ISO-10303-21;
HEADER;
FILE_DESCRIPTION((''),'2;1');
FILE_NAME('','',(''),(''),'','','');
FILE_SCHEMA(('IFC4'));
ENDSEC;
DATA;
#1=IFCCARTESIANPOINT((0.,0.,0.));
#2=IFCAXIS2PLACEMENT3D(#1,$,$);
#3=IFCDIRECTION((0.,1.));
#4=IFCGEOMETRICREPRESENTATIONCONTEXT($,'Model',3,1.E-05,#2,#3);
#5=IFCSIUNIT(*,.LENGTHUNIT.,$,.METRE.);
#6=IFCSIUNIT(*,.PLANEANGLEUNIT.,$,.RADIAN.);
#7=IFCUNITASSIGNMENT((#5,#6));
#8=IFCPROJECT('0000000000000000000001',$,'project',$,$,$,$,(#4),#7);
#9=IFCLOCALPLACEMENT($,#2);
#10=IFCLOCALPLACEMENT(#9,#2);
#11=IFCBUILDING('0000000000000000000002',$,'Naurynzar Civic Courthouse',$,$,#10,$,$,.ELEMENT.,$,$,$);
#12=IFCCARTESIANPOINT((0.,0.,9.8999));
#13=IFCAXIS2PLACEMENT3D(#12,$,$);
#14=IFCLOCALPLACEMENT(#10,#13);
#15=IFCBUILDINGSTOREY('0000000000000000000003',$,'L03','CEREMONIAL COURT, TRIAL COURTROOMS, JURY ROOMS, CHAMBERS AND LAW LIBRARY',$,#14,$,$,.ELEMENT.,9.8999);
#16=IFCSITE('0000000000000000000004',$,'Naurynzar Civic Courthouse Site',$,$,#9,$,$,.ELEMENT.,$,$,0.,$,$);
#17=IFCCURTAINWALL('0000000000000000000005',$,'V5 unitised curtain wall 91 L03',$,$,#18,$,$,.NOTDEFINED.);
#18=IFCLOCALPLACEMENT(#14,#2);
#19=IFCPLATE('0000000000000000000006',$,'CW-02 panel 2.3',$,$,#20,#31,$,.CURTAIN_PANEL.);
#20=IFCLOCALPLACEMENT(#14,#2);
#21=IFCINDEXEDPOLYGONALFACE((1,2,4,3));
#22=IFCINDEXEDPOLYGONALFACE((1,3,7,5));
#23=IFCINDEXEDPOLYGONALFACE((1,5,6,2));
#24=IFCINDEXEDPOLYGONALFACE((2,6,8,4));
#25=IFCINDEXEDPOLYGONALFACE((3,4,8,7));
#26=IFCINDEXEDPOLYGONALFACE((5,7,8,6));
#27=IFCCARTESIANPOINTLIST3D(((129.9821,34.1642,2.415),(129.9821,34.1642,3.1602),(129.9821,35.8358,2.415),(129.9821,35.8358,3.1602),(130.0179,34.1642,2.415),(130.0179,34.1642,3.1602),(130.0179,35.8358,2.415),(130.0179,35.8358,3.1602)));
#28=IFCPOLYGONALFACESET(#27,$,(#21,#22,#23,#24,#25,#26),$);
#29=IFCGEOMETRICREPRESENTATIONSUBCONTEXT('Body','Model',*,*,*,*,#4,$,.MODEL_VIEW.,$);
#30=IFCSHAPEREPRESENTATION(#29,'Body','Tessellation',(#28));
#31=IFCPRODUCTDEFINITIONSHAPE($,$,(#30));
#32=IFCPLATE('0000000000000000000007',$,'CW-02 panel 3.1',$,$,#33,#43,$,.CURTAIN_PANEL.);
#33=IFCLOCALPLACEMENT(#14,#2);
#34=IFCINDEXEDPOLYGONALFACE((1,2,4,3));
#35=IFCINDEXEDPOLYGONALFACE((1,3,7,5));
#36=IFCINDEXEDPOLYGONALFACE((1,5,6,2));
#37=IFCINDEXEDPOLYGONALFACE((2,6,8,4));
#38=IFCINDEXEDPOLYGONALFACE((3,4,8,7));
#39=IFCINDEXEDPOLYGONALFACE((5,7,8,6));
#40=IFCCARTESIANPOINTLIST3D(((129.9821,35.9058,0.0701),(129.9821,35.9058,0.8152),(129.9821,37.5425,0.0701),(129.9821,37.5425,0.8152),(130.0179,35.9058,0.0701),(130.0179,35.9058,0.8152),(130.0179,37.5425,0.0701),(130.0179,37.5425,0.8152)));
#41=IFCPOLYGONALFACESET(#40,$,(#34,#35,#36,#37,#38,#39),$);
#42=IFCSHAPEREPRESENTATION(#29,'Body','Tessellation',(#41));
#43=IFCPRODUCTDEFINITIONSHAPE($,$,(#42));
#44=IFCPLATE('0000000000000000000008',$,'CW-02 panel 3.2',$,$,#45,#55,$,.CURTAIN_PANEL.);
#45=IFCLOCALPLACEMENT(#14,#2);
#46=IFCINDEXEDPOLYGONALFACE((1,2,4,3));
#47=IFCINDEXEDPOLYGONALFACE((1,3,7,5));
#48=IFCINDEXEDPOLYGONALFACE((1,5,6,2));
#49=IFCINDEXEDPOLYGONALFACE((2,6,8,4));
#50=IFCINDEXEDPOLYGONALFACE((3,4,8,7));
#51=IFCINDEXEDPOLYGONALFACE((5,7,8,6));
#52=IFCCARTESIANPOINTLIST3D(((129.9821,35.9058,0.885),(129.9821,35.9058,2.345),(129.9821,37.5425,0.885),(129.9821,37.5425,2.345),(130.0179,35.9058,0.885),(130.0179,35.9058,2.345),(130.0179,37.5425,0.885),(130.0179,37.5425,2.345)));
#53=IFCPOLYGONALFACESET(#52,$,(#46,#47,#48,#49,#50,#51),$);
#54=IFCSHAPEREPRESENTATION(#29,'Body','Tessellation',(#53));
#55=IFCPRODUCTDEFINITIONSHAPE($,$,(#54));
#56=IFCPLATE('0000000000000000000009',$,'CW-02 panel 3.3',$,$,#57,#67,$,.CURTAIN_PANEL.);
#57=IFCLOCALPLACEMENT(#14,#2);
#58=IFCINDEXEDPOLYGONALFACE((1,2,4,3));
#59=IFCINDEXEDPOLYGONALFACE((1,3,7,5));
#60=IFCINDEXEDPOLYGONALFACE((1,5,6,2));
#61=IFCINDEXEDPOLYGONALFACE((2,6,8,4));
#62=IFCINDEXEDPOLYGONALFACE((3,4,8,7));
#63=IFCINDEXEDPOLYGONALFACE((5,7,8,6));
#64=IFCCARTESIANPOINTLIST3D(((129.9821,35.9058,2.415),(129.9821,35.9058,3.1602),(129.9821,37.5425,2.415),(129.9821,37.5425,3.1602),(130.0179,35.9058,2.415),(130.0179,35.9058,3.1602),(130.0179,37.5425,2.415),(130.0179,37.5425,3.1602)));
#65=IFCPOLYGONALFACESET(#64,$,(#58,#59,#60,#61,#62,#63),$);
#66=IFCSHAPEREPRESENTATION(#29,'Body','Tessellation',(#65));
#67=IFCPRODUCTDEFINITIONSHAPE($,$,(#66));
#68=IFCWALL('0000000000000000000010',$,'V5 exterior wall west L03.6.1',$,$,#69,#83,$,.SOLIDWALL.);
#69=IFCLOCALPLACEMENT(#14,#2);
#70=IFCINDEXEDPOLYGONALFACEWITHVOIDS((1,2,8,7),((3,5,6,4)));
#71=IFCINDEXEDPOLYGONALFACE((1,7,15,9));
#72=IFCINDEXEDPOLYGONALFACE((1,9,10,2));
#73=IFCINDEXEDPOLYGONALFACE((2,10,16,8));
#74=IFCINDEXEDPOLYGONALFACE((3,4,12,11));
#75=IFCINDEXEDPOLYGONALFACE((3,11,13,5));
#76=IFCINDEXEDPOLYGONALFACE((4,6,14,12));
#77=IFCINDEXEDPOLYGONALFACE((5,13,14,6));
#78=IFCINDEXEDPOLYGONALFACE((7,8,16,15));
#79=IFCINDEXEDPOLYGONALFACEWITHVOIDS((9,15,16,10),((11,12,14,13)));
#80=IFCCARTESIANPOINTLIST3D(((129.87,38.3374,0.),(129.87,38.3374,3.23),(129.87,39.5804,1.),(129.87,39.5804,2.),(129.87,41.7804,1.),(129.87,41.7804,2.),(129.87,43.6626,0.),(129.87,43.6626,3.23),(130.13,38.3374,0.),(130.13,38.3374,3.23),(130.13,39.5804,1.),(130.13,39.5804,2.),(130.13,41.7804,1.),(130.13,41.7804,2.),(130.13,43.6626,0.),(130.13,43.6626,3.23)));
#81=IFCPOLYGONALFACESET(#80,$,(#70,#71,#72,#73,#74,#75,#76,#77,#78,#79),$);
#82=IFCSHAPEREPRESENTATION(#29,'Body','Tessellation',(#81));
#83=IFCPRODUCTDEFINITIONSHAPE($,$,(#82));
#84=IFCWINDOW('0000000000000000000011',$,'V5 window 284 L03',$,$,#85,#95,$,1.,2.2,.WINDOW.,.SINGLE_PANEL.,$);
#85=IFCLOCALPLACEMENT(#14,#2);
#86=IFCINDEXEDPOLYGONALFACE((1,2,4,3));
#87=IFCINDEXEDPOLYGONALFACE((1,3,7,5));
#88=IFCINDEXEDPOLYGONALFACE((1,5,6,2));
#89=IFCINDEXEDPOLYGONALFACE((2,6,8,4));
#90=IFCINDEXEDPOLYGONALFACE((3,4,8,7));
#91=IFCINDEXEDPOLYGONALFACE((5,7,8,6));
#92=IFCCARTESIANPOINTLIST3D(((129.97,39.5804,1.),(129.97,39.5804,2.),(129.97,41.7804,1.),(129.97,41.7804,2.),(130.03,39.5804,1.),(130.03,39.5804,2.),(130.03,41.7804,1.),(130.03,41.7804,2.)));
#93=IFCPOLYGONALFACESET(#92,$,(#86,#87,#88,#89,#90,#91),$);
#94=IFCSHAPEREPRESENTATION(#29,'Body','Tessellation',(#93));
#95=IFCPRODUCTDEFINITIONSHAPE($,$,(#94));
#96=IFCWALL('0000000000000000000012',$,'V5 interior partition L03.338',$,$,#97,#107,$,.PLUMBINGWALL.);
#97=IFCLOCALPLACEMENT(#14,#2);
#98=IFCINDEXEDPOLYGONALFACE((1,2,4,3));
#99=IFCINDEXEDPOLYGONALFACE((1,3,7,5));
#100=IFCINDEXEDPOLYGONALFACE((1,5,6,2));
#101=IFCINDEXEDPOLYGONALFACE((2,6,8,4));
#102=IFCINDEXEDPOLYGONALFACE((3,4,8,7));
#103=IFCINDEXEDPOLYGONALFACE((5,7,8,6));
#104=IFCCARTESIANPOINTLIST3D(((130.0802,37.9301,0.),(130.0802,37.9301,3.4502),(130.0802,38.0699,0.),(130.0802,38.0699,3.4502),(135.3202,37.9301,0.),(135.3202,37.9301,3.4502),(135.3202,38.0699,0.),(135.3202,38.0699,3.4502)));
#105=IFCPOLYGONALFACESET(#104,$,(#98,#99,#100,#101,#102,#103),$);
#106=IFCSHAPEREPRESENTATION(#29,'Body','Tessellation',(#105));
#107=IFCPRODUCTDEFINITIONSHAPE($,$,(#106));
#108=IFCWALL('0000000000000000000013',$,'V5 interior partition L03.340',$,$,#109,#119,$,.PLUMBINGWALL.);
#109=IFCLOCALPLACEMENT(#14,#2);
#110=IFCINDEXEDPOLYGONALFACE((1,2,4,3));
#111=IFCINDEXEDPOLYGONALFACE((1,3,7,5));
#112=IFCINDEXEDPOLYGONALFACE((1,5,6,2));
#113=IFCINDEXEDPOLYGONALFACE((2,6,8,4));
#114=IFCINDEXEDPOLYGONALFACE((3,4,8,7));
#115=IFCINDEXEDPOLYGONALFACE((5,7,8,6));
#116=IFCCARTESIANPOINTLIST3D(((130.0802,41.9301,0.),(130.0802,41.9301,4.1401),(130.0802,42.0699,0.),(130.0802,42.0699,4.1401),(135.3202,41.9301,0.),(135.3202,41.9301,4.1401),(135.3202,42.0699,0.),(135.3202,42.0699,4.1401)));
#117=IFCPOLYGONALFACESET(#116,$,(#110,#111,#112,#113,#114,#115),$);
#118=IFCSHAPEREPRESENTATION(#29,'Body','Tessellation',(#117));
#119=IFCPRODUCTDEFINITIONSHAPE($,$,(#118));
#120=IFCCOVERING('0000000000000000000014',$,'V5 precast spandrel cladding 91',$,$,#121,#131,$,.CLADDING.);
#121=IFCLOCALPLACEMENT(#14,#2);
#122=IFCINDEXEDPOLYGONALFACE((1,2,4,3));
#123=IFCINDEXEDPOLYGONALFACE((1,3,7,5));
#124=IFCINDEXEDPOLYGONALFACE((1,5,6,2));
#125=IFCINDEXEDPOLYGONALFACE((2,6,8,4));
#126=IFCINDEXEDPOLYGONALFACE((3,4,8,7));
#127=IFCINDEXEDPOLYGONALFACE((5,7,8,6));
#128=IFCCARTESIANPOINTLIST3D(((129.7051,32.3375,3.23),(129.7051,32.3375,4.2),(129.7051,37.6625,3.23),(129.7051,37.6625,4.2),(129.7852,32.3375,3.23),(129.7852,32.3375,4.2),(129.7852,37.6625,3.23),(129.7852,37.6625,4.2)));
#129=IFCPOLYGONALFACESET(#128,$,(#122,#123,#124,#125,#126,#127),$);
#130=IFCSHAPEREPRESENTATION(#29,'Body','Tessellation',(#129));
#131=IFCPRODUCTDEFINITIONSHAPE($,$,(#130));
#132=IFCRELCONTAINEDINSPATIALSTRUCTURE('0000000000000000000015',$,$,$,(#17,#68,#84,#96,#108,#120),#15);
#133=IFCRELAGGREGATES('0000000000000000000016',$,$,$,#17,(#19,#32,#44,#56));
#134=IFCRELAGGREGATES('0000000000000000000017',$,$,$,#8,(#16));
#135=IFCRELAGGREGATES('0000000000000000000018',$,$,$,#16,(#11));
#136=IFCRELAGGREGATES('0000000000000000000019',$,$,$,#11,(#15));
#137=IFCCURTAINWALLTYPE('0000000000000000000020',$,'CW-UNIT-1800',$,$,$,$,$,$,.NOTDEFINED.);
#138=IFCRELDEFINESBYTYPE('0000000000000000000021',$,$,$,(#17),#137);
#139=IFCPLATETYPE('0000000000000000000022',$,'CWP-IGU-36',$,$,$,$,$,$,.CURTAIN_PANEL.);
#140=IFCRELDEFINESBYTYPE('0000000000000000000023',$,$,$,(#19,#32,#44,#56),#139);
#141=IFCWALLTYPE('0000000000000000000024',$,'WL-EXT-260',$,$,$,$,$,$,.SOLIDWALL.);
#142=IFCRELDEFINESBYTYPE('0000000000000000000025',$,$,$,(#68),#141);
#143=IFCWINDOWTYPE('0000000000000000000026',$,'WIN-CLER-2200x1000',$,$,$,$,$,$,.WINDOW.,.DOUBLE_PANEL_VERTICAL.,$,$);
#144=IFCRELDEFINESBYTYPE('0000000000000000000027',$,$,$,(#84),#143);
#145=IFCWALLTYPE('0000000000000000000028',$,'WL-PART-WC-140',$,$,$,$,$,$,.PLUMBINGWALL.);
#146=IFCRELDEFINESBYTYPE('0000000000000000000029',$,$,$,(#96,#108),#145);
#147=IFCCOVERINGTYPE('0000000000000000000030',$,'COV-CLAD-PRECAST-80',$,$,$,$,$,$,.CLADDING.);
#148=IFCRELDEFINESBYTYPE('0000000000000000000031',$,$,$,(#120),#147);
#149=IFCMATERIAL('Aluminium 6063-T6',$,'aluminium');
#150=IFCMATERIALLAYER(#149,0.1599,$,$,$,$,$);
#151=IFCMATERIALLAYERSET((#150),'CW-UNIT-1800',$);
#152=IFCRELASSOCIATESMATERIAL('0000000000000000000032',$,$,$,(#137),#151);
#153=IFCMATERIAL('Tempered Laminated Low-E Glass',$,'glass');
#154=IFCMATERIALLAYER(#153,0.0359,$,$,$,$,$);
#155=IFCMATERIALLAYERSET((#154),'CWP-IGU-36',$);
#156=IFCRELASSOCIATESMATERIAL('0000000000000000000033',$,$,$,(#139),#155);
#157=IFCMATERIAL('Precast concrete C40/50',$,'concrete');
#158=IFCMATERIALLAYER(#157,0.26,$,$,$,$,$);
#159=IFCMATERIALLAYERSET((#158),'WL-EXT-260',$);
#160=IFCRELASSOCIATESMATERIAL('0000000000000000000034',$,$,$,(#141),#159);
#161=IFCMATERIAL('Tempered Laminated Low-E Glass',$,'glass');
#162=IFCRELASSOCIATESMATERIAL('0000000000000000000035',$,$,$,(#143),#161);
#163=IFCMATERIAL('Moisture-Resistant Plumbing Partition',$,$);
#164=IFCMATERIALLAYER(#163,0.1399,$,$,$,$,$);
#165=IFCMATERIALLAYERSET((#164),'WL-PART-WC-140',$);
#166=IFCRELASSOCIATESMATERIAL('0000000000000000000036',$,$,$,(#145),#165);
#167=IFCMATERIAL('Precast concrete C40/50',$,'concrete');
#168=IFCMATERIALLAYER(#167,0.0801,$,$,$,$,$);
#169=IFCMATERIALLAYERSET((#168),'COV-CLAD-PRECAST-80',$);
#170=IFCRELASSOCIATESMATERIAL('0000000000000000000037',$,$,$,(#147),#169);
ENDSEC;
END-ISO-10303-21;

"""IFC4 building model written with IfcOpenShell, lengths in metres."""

from ifc_helpers import new_model, si_unit, direction, frame, frame_2d, origin, origin_2d, place, context, subcontext, project, spatial, rectangle, extrude, material, layer, layer_set, type_object, element, fill, aggregate, save


model = new_model("IFC4")

# Units and contexts
model_context = context("Model", 3, precision=1e-05, world=origin(), true_north=direction((0.0, 1.0)))
body_context = subcontext(model_context, "Body", "Model", "MODEL_VIEW")
ifc_project = project(units=[si_unit("LENGTHUNIT", "METRE"), si_unit("PLANEANGLEUNIT", "RADIAN")], contexts=[model_context])

# Site, building, storey
site_placement = place(None, origin())
site = spatial("IfcSite", under=ifc_project, at=site_placement, Name="Naurynzar Civic Courthouse Site", CompositionType="ELEMENT", RefElevation=0.0)
building_placement = place(site_placement, origin())
building = spatial("IfcBuilding", under=site, at=building_placement, Name="Naurynzar Civic Courthouse", CompositionType="ELEMENT")
storey_placement = place(building_placement, frame((0.0, 0.0, 9.8999)))
storey = spatial("IfcBuildingStorey", under=building, at=storey_placement, Name="L03", Description="CEREMONIAL COURT, TRIAL COURTROOMS, JURY ROOMS, CHAMBERS AND LAW LIBRARY", CompositionType="ELEMENT", Elevation=9.8999)

# Curtain wall
ifc_material_1 = material(Name="Aluminium 6063-T6", Category="aluminium")
ifc_layer_1 = layer(ifc_material_1, 0.1599)
ifc_layer_set_1 = layer_set([ifc_layer_1], Name="CW-UNIT-1800")
curtain_wall_type = type_object("IfcCurtainWallType", Name="CW-UNIT-1800", PredefinedType="NOTDEFINED", material=ifc_layer_set_1)
curtain_wall_1_placement = place(storey_placement, origin())
curtain_wall_1 = element("IfcCurtainWall", 1, at=curtain_wall_1_placement, inside=storey, type_object=curtain_wall_type, Name="V5 unitised curtain wall 91 L03", PredefinedType="NOTDEFINED")

# Plates
ifc_material_2 = material(Name="Tempered Laminated Low-E Glass", Category="glass")
ifc_layer_2 = layer(ifc_material_2, 0.0359)
ifc_layer_set_2 = layer_set([ifc_layer_2], Name="CWP-IGU-36")
plate_type = type_object("IfcPlateType", Name="CWP-IGU-36", PredefinedType="CURTAIN_PANEL", material=ifc_layer_set_2)
plate_1_placement = place(storey_placement, frame((130.0, 35.0, 2.415), z_axis=(0.0, 0.0, 1.0), x_axis=(0.0, 1.0, 0.0)))
plate_1 = element("IfcPlate", 2, at=plate_1_placement, type_object=plate_type, Name="CW-02 panel 2.3", PredefinedType="CURTAIN_PANEL", context=body_context, shape_type="SweptSolid", body=[
    extrude(rectangle(XDim=1.6716, YDim=0.0359, at=origin_2d()), origin(), (0.0, 0.0, 1.0), 0.7451),
])
plate_2_placement = place(storey_placement, frame((130.0, 36.7241, 0.0701), z_axis=(0.0, 0.0, 1.0), x_axis=(0.0, 1.0, 0.0)))
plate_2 = element("IfcPlate", 3, at=plate_2_placement, type_object=plate_type, Name="CW-02 panel 3.1", PredefinedType="CURTAIN_PANEL", context=body_context, shape_type="SweptSolid", body=[
    extrude(rectangle(XDim=1.6367, YDim=0.0359, at=origin_2d()), origin(), (0.0, 0.0, 1.0), 0.7451),
])
plate_3_placement = place(storey_placement, frame((130.0, 36.7241, 0.885), z_axis=(0.0, 0.0, 1.0), x_axis=(0.0, 1.0, 0.0)))
plate_3 = element("IfcPlate", 4, at=plate_3_placement, type_object=plate_type, Name="CW-02 panel 3.2", PredefinedType="CURTAIN_PANEL", context=body_context, shape_type="SweptSolid", body=[
    extrude(rectangle(XDim=1.6367, YDim=0.0359, at=origin_2d()), origin(), (0.0, 0.0, 1.0), 1.46),
])
plate_4_placement = place(storey_placement, frame((130.0, 36.7241, 2.415), z_axis=(0.0, 0.0, 1.0), x_axis=(0.0, 1.0, 0.0)))
plate_4 = element("IfcPlate", 5, at=plate_4_placement, type_object=plate_type, Name="CW-02 panel 3.3", PredefinedType="CURTAIN_PANEL", context=body_context, shape_type="SweptSolid", body=[
    extrude(rectangle(XDim=1.6367, YDim=0.0359, at=origin_2d()), origin(), (0.0, 0.0, 1.0), 0.7451),
])
aggregate(curtain_wall_1, [plate_1, plate_2, plate_3, plate_4])

# Wall, opening, window
ifc_material_3 = material(Name="Precast concrete C40/50", Category="concrete")
ifc_layer_3 = layer(ifc_material_3, 0.26)
ifc_layer_set_3 = layer_set([ifc_layer_3], Name="WL-EXT-260")
wall_type_1 = type_object("IfcWallType", Name="WL-EXT-260", PredefinedType="SOLIDWALL", material=ifc_layer_set_3)
wall_1_placement = place(storey_placement, frame((130.0, 38.3374, 0.0), z_axis=(0.0, 0.0, 1.0), x_axis=(0.0, 1.0, 0.0)))
wall_1 = element("IfcWall", 6, at=wall_1_placement, inside=storey, type_object=wall_type_1, Name="V5 exterior wall west L03.6.1", PredefinedType="SOLIDWALL", context=body_context, shape_type="SweptSolid", body=[
    extrude(rectangle(XDim=5.3252, YDim=0.26, at=frame_2d((2.6626, 0.0))), origin(), (0.0, 0.0, 1.0), 3.23),
])
opening_placement = place(wall_1_placement, frame((1.2429, 0.0, 1.0)))
opening = element("IfcOpeningElement", 7, at=opening_placement, cuts=wall_1, PredefinedType="OPENING", context=body_context, shape_type="SweptSolid", body=[
    extrude(rectangle(XDim=2.2, YDim=1.0, at=frame_2d((1.1001, 0.5))), frame((0.0, 0.1399, 0.0), z_axis=(0.0, -1.0, 0.0), x_axis=(1.0, 0.0, 0.0)), (0.0, 0.0, 1.0), 0.28),
])
ifc_material_4 = material(Name="Tempered Laminated Low-E Glass", Category="glass")
window_type = type_object("IfcWindowType", Name="WIN-CLER-2200x1000", PartitioningType="DOUBLE_PANEL_VERTICAL", PredefinedType="WINDOW", material=ifc_material_4)
window_placement = place(opening_placement, origin())
window = element("IfcWindow", 8, at=window_placement, inside=storey, type_object=window_type, Name="V5 window 284 L03", OverallHeight=1.0, OverallWidth=2.2, PartitioningType="SINGLE_PANEL", PredefinedType="WINDOW", context=body_context, shape_type="SweptSolid", body=[
    extrude(rectangle(XDim=2.2, YDim=1.0, at=frame_2d((1.1001, 0.5))), frame((0.0, 0.03, 0.0), z_axis=(0.0, -1.0, 0.0), x_axis=(1.0, 0.0, 0.0)), (0.0, 0.0, 1.0), 0.0601),
])
fill(opening, window)

# Walls
ifc_material_5 = material(Name="Moisture-Resistant Plumbing Partition")
ifc_layer_4 = layer(ifc_material_5, 0.1399)
ifc_layer_set_4 = layer_set([ifc_layer_4], Name="WL-PART-WC-140")
wall_type_2 = type_object("IfcWallType", Name="WL-PART-WC-140", PredefinedType="PLUMBINGWALL", material=ifc_layer_set_4)
wall_2_placement = place(storey_placement, frame((130.0801, 38.0, 0.0), z_axis=(0.0, 0.0, 1.0), x_axis=(1.0, 0.0, 0.0)))
element("IfcWall", 9, at=wall_2_placement, inside=storey, type_object=wall_type_2, Name="V5 interior partition L03.338", PredefinedType="PLUMBINGWALL", context=body_context, shape_type="SweptSolid", body=[
    extrude(rectangle(XDim=5.24, YDim=0.1399, at=frame_2d((2.6201, 0.0))), origin(), (0.0, 0.0, 1.0), 3.4502),
])
wall_3_placement = place(storey_placement, frame((130.0801, 42.0, 0.0), z_axis=(0.0, 0.0, 1.0), x_axis=(1.0, 0.0, 0.0)))
element("IfcWall", 10, at=wall_3_placement, inside=storey, type_object=wall_type_2, Name="V5 interior partition L03.340", PredefinedType="PLUMBINGWALL", context=body_context, shape_type="SweptSolid", body=[
    extrude(rectangle(XDim=5.24, YDim=0.1399, at=frame_2d((2.6201, 0.0))), origin(), (0.0, 0.0, 1.0), 4.1401),
])

# Covering
ifc_material_6 = material(Name="Precast concrete C40/50", Category="concrete")
ifc_layer_5 = layer(ifc_material_6, 0.0801)
ifc_layer_set_5 = layer_set([ifc_layer_5], Name="COV-CLAD-PRECAST-80")
covering_type = type_object("IfcCoveringType", Name="COV-CLAD-PRECAST-80", PredefinedType="CLADDING", material=ifc_layer_set_5)
covering_placement = place(storey_placement, frame((129.7451, 35.0, 3.23), z_axis=(0.0, 0.0, 1.0), x_axis=(0.0, 1.0, 0.0)))
element("IfcCovering", 11, at=covering_placement, inside=storey, type_object=covering_type, Name="V5 precast spandrel cladding 91", PredefinedType="CLADDING", context=body_context, shape_type="SweptSolid", body=[
    extrude(rectangle(XDim=5.325, YDim=0.0801, at=origin_2d()), origin(), (0.0, 0.0, 1.0), 0.97),
])

save(model, "model.ifc")
